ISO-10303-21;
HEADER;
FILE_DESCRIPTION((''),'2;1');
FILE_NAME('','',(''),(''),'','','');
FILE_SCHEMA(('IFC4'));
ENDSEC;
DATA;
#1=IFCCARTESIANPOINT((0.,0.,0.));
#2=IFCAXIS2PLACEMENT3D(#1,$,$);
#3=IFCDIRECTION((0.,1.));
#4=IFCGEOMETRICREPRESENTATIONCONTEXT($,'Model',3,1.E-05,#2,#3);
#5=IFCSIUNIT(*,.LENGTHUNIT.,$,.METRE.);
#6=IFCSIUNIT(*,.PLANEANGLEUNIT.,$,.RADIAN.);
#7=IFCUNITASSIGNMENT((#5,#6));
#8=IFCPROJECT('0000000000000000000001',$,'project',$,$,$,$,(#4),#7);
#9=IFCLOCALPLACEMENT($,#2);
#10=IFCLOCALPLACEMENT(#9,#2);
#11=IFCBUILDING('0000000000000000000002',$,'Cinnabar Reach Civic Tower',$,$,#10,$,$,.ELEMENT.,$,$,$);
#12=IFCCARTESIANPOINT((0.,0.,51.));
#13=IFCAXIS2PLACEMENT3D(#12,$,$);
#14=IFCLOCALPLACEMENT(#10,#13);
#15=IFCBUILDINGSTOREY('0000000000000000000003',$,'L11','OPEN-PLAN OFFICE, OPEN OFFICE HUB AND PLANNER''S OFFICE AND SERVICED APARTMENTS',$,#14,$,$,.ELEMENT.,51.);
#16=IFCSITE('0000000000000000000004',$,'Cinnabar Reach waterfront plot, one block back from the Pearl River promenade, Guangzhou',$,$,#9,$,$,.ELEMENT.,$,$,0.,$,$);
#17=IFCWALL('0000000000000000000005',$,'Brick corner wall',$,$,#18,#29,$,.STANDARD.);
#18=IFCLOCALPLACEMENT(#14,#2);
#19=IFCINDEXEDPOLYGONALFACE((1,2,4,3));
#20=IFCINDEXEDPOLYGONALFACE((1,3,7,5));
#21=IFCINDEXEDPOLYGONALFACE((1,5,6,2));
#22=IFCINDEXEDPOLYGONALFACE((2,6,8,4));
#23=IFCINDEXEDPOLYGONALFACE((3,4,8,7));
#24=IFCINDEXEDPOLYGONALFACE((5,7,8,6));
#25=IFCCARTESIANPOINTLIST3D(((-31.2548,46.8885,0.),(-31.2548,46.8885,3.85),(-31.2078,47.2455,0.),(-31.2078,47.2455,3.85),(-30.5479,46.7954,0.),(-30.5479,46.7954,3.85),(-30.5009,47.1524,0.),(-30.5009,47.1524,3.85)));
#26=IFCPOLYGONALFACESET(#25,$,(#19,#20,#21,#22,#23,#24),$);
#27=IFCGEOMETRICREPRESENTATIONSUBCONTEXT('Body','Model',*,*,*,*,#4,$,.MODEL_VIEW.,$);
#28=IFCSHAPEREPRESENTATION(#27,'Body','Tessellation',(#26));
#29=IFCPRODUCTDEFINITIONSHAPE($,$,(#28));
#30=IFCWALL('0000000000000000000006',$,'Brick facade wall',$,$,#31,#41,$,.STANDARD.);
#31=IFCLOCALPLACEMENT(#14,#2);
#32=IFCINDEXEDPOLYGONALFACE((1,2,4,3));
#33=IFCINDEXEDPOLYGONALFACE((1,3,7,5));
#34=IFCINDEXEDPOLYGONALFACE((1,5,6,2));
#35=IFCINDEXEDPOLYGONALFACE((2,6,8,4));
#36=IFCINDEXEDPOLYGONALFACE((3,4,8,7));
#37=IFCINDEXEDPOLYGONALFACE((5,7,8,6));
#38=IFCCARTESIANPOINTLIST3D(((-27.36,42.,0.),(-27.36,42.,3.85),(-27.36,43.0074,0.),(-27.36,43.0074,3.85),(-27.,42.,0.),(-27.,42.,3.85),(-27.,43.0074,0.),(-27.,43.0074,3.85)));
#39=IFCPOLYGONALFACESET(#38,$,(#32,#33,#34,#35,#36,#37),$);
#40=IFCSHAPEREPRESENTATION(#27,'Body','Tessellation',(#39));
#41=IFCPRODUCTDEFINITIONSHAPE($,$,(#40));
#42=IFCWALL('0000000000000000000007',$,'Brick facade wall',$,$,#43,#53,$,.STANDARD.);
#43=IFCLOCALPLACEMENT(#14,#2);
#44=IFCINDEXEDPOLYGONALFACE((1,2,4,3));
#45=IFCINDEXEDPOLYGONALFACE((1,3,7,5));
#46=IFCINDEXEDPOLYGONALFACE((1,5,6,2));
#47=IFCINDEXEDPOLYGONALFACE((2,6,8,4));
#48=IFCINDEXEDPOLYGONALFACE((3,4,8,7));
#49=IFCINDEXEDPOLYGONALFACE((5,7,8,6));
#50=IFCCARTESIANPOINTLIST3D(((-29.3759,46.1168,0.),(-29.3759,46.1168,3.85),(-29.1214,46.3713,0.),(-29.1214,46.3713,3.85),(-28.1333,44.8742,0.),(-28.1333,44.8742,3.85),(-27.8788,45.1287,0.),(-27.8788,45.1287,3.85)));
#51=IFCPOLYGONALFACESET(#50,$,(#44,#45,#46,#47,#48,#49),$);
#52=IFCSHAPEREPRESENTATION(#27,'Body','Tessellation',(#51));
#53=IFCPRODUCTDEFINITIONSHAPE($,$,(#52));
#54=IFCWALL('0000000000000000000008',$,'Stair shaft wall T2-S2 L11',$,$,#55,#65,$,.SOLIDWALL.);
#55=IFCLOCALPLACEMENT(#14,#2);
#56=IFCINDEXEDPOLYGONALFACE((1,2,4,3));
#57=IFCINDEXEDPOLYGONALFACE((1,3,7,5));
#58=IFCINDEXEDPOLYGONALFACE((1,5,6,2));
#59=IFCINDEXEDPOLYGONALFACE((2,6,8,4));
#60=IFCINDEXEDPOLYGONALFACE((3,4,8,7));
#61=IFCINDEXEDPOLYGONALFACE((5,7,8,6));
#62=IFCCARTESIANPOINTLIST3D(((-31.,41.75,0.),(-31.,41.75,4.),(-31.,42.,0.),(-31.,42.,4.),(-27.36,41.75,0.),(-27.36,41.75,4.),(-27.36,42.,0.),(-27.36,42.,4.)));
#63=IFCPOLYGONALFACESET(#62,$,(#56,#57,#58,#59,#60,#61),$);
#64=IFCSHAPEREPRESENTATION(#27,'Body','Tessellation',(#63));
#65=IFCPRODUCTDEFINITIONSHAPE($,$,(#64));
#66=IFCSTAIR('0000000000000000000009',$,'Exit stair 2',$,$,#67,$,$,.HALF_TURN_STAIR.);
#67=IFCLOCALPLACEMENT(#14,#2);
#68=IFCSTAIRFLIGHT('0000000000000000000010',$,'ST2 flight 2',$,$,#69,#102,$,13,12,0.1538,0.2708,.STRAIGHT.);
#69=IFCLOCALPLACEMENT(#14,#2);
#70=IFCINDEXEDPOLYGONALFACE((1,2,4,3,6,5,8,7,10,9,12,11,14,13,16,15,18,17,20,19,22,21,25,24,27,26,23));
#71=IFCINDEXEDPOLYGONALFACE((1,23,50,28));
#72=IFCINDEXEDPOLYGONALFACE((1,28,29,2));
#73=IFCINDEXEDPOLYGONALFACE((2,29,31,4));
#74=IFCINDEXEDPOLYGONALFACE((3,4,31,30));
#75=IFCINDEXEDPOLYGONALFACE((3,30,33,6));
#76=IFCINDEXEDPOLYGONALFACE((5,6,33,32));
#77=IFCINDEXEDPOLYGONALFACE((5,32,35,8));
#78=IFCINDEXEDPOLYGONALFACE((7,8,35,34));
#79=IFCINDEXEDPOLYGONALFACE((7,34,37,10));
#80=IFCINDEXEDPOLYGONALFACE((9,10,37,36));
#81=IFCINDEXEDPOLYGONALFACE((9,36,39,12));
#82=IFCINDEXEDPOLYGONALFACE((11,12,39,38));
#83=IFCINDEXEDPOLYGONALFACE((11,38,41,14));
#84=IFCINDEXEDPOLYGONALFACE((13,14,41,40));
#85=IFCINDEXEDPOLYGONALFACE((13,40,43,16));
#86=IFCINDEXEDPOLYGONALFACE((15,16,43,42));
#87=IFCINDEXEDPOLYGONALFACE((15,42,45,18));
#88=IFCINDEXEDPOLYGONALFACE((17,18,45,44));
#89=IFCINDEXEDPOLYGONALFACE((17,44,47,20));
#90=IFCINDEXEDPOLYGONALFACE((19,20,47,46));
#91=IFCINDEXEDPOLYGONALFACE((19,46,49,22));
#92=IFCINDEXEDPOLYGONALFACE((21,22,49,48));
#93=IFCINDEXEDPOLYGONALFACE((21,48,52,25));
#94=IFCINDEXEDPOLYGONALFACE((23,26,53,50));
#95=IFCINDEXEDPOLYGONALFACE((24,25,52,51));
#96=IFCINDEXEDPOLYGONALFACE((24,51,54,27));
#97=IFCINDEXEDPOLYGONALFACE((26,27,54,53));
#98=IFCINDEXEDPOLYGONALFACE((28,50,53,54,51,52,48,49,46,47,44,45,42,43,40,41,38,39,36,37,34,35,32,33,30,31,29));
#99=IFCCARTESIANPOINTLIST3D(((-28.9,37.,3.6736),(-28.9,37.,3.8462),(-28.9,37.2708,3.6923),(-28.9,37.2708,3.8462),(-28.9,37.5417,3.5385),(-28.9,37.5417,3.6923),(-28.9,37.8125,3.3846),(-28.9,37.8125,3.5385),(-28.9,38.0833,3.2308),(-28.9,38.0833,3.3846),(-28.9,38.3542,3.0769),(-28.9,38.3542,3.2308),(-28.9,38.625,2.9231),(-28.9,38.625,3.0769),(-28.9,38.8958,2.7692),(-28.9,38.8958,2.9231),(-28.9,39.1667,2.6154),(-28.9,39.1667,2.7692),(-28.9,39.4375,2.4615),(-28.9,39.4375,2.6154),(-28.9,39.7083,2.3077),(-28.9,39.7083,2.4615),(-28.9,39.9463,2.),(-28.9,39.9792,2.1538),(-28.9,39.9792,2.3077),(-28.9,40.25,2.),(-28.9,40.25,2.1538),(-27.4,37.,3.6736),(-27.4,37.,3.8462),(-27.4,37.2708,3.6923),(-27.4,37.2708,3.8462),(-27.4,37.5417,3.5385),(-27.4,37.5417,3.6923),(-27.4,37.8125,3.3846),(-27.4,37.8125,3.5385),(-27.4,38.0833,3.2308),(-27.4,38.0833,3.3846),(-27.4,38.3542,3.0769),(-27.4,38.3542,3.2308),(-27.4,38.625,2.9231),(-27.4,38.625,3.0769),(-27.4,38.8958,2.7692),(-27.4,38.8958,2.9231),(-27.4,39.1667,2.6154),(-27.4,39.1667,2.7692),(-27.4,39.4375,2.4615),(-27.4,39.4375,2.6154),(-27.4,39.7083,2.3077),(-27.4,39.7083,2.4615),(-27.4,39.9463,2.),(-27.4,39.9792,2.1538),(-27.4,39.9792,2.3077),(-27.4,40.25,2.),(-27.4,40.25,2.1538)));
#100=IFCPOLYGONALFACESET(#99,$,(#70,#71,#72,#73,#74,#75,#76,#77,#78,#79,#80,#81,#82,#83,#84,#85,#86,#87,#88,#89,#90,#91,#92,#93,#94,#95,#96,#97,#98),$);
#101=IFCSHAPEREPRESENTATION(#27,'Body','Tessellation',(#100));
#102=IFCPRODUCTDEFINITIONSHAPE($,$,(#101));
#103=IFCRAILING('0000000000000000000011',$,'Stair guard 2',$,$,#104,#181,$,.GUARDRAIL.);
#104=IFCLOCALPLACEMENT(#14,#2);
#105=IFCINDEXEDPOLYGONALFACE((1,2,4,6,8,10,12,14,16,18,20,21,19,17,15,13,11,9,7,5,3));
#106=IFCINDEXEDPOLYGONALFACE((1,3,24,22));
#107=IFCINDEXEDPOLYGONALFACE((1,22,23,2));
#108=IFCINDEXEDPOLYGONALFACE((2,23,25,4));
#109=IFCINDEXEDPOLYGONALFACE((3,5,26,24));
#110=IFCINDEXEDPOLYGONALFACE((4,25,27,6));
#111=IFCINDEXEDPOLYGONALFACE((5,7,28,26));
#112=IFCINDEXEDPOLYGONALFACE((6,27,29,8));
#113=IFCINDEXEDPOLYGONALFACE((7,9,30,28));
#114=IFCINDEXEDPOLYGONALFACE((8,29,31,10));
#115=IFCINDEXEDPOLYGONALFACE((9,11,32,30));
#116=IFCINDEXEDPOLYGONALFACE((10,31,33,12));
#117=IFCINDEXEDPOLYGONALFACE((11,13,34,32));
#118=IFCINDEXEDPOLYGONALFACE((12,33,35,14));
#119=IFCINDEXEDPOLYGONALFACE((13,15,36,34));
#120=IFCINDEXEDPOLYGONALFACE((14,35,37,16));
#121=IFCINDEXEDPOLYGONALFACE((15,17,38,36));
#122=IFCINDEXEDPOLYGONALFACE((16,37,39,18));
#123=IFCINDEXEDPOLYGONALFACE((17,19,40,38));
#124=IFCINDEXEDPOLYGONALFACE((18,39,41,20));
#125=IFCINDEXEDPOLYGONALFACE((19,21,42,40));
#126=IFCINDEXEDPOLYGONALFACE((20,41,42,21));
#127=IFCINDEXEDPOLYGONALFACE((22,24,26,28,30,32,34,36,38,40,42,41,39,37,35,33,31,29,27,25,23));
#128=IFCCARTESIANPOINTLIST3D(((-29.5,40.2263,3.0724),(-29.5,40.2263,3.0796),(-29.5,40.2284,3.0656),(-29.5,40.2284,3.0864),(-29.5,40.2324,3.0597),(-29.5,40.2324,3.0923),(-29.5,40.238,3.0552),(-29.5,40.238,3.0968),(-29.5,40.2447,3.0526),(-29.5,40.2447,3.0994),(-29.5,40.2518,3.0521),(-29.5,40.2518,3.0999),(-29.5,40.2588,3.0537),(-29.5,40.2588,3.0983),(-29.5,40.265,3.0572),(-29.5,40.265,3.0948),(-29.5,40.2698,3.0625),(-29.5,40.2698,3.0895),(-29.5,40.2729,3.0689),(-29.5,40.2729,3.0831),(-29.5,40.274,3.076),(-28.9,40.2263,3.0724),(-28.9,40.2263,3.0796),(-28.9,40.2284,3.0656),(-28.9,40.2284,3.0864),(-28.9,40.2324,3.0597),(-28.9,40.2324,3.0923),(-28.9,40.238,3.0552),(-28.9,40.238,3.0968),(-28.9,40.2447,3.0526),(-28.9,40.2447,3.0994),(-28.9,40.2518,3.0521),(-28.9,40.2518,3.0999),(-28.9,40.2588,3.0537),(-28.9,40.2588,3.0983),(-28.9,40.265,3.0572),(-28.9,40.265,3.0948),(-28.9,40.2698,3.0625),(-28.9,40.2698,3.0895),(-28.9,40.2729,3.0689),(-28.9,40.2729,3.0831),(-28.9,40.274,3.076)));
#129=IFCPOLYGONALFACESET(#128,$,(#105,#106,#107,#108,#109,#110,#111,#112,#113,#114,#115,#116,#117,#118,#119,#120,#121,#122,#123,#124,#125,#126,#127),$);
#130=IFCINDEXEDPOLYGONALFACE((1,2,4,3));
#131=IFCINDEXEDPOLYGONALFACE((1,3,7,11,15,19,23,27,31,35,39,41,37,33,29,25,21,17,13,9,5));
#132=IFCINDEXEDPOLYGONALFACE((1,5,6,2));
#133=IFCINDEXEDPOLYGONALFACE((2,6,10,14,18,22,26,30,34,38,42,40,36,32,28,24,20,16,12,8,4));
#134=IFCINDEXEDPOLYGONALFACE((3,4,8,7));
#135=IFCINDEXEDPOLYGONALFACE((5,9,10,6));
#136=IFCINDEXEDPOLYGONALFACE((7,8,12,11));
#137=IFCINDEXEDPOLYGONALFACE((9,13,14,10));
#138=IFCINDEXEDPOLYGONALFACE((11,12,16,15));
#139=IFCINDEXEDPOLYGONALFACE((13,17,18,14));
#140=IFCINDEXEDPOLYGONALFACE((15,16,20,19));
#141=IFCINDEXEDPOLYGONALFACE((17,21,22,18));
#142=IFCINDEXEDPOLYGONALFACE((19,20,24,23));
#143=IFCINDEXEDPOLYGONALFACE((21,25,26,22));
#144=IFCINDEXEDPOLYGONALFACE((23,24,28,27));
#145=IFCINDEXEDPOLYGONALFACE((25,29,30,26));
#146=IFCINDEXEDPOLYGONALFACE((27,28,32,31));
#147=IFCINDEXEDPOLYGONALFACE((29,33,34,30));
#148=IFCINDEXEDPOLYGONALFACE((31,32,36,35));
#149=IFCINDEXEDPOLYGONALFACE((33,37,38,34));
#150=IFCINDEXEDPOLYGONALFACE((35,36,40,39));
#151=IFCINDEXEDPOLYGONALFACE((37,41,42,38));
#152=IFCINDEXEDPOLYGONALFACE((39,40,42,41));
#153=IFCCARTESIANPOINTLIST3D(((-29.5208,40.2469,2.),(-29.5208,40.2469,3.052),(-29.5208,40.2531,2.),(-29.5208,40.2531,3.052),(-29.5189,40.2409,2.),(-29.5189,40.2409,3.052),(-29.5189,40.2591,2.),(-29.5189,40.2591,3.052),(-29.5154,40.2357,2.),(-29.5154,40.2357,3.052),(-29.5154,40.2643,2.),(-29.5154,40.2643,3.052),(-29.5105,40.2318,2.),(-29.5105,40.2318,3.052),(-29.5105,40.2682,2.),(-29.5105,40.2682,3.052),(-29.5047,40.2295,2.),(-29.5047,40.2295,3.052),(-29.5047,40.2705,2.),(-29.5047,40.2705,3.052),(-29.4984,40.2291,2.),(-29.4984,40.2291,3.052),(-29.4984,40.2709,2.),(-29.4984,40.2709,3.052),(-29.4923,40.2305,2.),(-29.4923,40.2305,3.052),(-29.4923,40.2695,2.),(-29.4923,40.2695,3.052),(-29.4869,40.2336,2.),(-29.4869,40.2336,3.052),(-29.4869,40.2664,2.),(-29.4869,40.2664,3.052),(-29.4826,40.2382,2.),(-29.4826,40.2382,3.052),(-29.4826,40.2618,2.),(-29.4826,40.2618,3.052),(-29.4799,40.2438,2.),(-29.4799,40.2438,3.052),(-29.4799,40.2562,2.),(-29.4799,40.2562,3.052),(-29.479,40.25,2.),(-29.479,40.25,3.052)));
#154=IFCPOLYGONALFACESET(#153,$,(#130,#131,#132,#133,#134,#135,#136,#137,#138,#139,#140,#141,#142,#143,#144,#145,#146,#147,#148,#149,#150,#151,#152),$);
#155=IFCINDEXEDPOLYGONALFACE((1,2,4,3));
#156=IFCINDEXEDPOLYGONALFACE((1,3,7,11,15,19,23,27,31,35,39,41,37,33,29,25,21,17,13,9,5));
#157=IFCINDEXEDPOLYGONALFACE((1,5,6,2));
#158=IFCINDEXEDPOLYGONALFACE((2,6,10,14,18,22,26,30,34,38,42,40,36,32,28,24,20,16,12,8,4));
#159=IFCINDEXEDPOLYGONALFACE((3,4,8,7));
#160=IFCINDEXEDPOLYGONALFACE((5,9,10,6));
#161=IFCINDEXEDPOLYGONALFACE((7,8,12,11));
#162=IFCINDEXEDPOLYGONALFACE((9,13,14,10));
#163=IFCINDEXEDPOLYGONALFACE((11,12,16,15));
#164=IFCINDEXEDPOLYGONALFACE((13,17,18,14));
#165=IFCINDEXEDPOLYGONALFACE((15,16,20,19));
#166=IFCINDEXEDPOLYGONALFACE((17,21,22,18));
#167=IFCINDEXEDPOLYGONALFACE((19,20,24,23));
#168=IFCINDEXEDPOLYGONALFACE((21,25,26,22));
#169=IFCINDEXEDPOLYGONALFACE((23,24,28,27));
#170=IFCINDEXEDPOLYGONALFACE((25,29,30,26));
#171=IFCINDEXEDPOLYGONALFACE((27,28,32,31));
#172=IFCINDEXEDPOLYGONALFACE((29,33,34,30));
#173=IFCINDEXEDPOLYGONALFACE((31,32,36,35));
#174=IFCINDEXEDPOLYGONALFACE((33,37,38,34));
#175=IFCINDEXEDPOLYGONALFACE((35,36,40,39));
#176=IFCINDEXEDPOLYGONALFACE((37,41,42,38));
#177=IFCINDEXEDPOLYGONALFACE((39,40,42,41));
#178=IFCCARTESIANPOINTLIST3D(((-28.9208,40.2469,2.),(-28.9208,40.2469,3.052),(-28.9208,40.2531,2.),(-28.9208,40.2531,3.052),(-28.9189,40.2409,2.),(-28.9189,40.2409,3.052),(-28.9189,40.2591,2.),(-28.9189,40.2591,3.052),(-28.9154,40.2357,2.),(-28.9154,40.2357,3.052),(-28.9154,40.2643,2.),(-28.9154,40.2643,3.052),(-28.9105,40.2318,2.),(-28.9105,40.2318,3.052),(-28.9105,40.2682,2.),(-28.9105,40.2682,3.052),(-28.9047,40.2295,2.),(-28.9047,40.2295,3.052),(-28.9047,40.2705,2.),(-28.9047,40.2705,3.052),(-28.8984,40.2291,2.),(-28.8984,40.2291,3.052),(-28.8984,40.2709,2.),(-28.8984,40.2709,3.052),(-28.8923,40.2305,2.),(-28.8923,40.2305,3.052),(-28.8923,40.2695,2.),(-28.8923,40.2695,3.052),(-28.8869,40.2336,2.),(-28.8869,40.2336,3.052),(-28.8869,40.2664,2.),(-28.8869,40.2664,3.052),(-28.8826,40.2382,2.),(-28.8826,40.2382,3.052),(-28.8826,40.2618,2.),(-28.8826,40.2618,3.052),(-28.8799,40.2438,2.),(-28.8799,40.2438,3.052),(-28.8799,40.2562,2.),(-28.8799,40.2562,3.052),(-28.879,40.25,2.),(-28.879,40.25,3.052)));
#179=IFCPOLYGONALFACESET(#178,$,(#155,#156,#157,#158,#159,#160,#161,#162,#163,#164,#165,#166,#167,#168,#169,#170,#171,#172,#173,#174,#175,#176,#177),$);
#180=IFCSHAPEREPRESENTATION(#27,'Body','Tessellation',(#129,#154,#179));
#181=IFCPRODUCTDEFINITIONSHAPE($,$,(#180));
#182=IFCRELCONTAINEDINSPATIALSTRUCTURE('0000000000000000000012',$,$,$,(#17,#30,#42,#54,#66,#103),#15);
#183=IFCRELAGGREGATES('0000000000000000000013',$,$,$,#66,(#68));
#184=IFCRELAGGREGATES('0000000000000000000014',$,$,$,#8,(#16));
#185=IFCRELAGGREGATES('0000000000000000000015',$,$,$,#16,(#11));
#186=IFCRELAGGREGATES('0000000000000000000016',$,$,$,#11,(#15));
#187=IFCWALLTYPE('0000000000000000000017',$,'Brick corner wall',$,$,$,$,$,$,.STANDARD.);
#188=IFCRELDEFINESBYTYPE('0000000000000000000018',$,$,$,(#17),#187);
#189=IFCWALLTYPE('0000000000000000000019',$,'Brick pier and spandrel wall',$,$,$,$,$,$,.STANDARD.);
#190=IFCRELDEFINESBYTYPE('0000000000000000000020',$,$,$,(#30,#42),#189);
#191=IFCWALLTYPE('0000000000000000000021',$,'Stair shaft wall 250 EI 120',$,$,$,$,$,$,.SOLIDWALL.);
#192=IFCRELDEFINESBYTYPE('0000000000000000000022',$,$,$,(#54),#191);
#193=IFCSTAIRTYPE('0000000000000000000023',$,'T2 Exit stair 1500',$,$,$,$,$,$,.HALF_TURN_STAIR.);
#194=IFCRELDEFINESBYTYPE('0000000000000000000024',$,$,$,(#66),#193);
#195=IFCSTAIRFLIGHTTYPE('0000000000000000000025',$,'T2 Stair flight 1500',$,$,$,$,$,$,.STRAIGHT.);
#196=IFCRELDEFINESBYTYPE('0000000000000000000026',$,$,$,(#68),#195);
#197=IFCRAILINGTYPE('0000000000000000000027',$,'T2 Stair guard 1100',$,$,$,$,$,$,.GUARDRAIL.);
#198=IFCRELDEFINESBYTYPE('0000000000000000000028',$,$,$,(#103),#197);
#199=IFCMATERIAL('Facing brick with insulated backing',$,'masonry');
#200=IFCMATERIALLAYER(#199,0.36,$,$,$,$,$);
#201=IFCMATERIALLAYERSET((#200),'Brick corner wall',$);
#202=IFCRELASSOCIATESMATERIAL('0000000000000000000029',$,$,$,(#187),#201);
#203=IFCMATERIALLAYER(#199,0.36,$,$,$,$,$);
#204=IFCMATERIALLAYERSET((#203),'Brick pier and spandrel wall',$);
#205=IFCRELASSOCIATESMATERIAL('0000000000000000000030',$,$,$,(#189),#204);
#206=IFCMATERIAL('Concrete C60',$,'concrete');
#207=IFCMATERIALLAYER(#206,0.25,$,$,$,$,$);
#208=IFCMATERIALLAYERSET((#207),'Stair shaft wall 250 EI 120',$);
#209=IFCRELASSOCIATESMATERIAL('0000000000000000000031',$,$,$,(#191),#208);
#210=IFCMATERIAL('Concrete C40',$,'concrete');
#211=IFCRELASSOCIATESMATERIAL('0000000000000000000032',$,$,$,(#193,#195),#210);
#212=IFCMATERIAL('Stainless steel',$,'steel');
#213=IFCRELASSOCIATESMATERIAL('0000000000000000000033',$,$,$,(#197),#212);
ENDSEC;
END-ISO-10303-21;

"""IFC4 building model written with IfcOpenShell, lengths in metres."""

from ifc_helpers import new_model, si_unit, direction, frame, frame_2d, origin, origin_2d, place, context, subcontext, project, spatial, polyline, rectangle, circle, outline, extrude, material, layer, layer_set, type_object, element, aggregate, save


model = new_model("IFC4")

# Units and contexts
model_context = context("Model", 3, precision=1e-05, world=origin(), true_north=direction((0.0, 1.0)))
body_context = subcontext(model_context, "Body", "Model", "MODEL_VIEW")
ifc_project = project(units=[si_unit("LENGTHUNIT", "METRE"), si_unit("PLANEANGLEUNIT", "RADIAN")], contexts=[model_context])

# Site, building, storey
site_placement = place(None, origin())
site = spatial("IfcSite", under=ifc_project, at=site_placement, Name="Cinnabar Reach waterfront plot, one block back from the Pearl River promenade, Guangzhou", CompositionType="ELEMENT", RefElevation=0.0)
building_placement = place(site_placement, origin())
building = spatial("IfcBuilding", under=site, at=building_placement, Name="Cinnabar Reach Civic Tower", CompositionType="ELEMENT")
storey_placement = place(building_placement, frame((0.0, 0.0, 51.0)))
storey = spatial("IfcBuildingStorey", under=building, at=storey_placement, Name="L11", Description="OPEN-PLAN OFFICE, OPEN OFFICE HUB AND PLANNER'S OFFICE AND SERVICED APARTMENTS", CompositionType="ELEMENT", Elevation=51.0)

# Shared definitions
ifc_material_1 = material(Name="Concrete C40", Category="concrete")

# Walls
ifc_material_2 = material(Name="Facing brick with insulated backing", Category="masonry")
ifc_layer_1 = layer(ifc_material_2, 0.36)
ifc_layer_set_1 = layer_set([ifc_layer_1], Name="Brick corner wall")
wall_type_1 = type_object("IfcWallType", Name="Brick corner wall", PredefinedType="STANDARD", material=ifc_layer_set_1)
for number, where, z_axis, x_axis, name in (
    (1, (-30.5244, 46.9739, 0.0), (0.0, 0.0, 1.0), (-0.991441, 0.130556, 0.0), "Brick corner wall"),
):
    element("IfcWall", number, at=place(storey_placement, frame(where, z_axis=z_axis, x_axis=x_axis)), inside=storey, type_object=wall_type_1, Name=name, PredefinedType="STANDARD", context=body_context, shape_type="SweptSolid", body=[
        extrude(rectangle(XDim=0.7131, YDim=0.36, at=frame_2d((0.3565, 0.0))), origin(), (0.0, 0.0, 1.0), 3.85),
    ])
ifc_layer_2 = layer(ifc_material_2, 0.36)
ifc_layer_set_2 = layer_set([ifc_layer_2], Name="Brick pier and spandrel wall")
wall_type_2 = type_object("IfcWallType", Name="Brick pier and spandrel wall", PredefinedType="STANDARD", material=ifc_layer_set_2)
wall_1_placement = place(storey_placement, frame((-27.18, 42.0, 0.0), z_axis=(0.0, 0.0, 1.0), x_axis=(0.0, 1.0, 0.0)))
element("IfcWall", 2, at=wall_1_placement, inside=storey, type_object=wall_type_2, Name="Brick facade wall", PredefinedType="STANDARD", context=body_context, shape_type="SweptSolid", body=[
    extrude(rectangle(XDim=1.0074, YDim=0.36, at=frame_2d((0.5037, 0.0))), origin(), (0.0, 0.0, 1.0), 3.85),
])
wall_2_placement = place(storey_placement, frame((-28.006, 45.0014, 0.0), z_axis=(0.0, 0.0, 1.0), x_axis=(-0.707107, 0.707107, 0.0)))
element("IfcWall", 3, at=wall_2_placement, inside=storey, type_object=wall_type_2, Name="Brick facade wall", PredefinedType="STANDARD", context=body_context, shape_type="SweptSolid", body=[
    extrude(rectangle(XDim=1.7573, YDim=0.36, at=frame_2d((0.8787, 0.0))), origin(), (0.0, 0.0, 1.0), 3.85),
])
ifc_material_3 = material(Name="Concrete C60", Category="concrete")
ifc_layer_3 = layer(ifc_material_3, 0.25)
ifc_layer_set_3 = layer_set([ifc_layer_3], Name="Stair shaft wall 250 EI 120")
wall_type_3 = type_object("IfcWallType", Name="Stair shaft wall 250 EI 120", PredefinedType="SOLIDWALL", material=ifc_layer_set_3)
wall_3_placement = place(storey_placement, frame((-27.36, 41.875, 0.0), z_axis=(0.0, 0.0, 1.0), x_axis=(-1.0, 0.0, 0.0)))
element("IfcWall", 4, at=wall_3_placement, inside=storey, type_object=wall_type_3, Name="Stair shaft wall T2-S2 L11", PredefinedType="SOLIDWALL", context=body_context, shape_type="SweptSolid", body=[
    extrude(rectangle(XDim=3.64, YDim=0.25, at=frame_2d((1.82, 0.0))), origin(), (0.0, 0.0, 1.0), 4.0),
])

# Stair, stair flight
stair_type = type_object("IfcStairType", Name="T2 Exit stair 1500", PredefinedType="HALF_TURN_STAIR", material=ifc_material_1)
stair_placement = place(storey_placement, origin())
stair = element("IfcStair", 5, at=stair_placement, inside=storey, type_object=stair_type, Name="Exit stair 2", PredefinedType="HALF_TURN_STAIR")
stair_flight_type = type_object("IfcStairFlightType", Name="T2 Stair flight 1500", PredefinedType="STRAIGHT", material=ifc_material_1)
stair_flight_placement = place(storey_placement, frame((-28.15, 40.25, 2.0), z_axis=(0.0, 0.0, 1.0), x_axis=(0.0, -1.0, 0.0)))
stair_flight = element("IfcStairFlight", 6, at=stair_flight_placement, type_object=stair_flight_type, Name="ST2 flight 2", NumberOfRisers=13, NumberOfTreads=12, PredefinedType="STRAIGHT", RiserHeight=0.1538, TreadLength=0.2708, context=body_context, shape_type="SweptSolid", body=[
    extrude(outline(polyline([(0.0, 0.0), (0.0, 0.1538), (0.2708, 0.1538), (0.2708, 0.3077), (0.5417, 0.3077), (0.5417, 0.4615), (0.8125, 0.4615), (0.8125, 0.6154), (1.0833, 0.6154), (1.0833, 0.7692), (1.3542, 0.7692), (1.3542, 0.9231), (1.625, 0.9231), (1.625, 1.0769), (1.8958, 1.0769), (1.8958, 1.2308), (2.1667, 1.2308), (2.1667, 1.3846), (2.4375, 1.3846), (2.4375, 1.5385), (2.7083, 1.5385), (2.7083, 1.6923), (2.9792, 1.6923), (2.9792, 1.8462), (3.25, 1.8462), (3.25, 2.0), (3.25, 1.6736), (0.3037, 0.0), (0.0, 0.0)])), frame((0.0, 0.75, 0.0), z_axis=(0.0, -1.0, 0.0), x_axis=(1.0, 0.0, 0.0)), (0.0, 0.0, 1.0), 1.5),
])
aggregate(stair, [stair_flight])

# Railing
ifc_material_4 = material(Name="Stainless steel", Category="steel")
railing_type = type_object("IfcRailingType", Name="T2 Stair guard 1100", PredefinedType="GUARDRAIL", material=ifc_material_4)
railing_1_placement = place(storey_placement, frame((-29.5, 40.25, 2.0)))
element("IfcRailing", 7, at=railing_1_placement, inside=storey, type_object=railing_type, Name="Stair guard 2", PredefinedType="GUARDRAIL", context=body_context, shape_type="SweptSolid", body=[
    extrude(circle(Radius=0.024, at=origin_2d()), frame((0.0, 0.0, 1.076), z_axis=(1.0, 0.0, 0.0), x_axis=(0.0, 1.0, 0.0)), (0.0, 0.0, 1.0), 0.6),
    extrude(circle(Radius=0.021, at=origin_2d()), origin(), (0.0, 0.0, 1.0), 1.052),
    extrude(circle(Radius=0.021, at=origin_2d()), frame((0.6, 0.0, 0.0)), (0.0, 0.0, 1.0), 1.052),
])

save(model, "model.ifc")
